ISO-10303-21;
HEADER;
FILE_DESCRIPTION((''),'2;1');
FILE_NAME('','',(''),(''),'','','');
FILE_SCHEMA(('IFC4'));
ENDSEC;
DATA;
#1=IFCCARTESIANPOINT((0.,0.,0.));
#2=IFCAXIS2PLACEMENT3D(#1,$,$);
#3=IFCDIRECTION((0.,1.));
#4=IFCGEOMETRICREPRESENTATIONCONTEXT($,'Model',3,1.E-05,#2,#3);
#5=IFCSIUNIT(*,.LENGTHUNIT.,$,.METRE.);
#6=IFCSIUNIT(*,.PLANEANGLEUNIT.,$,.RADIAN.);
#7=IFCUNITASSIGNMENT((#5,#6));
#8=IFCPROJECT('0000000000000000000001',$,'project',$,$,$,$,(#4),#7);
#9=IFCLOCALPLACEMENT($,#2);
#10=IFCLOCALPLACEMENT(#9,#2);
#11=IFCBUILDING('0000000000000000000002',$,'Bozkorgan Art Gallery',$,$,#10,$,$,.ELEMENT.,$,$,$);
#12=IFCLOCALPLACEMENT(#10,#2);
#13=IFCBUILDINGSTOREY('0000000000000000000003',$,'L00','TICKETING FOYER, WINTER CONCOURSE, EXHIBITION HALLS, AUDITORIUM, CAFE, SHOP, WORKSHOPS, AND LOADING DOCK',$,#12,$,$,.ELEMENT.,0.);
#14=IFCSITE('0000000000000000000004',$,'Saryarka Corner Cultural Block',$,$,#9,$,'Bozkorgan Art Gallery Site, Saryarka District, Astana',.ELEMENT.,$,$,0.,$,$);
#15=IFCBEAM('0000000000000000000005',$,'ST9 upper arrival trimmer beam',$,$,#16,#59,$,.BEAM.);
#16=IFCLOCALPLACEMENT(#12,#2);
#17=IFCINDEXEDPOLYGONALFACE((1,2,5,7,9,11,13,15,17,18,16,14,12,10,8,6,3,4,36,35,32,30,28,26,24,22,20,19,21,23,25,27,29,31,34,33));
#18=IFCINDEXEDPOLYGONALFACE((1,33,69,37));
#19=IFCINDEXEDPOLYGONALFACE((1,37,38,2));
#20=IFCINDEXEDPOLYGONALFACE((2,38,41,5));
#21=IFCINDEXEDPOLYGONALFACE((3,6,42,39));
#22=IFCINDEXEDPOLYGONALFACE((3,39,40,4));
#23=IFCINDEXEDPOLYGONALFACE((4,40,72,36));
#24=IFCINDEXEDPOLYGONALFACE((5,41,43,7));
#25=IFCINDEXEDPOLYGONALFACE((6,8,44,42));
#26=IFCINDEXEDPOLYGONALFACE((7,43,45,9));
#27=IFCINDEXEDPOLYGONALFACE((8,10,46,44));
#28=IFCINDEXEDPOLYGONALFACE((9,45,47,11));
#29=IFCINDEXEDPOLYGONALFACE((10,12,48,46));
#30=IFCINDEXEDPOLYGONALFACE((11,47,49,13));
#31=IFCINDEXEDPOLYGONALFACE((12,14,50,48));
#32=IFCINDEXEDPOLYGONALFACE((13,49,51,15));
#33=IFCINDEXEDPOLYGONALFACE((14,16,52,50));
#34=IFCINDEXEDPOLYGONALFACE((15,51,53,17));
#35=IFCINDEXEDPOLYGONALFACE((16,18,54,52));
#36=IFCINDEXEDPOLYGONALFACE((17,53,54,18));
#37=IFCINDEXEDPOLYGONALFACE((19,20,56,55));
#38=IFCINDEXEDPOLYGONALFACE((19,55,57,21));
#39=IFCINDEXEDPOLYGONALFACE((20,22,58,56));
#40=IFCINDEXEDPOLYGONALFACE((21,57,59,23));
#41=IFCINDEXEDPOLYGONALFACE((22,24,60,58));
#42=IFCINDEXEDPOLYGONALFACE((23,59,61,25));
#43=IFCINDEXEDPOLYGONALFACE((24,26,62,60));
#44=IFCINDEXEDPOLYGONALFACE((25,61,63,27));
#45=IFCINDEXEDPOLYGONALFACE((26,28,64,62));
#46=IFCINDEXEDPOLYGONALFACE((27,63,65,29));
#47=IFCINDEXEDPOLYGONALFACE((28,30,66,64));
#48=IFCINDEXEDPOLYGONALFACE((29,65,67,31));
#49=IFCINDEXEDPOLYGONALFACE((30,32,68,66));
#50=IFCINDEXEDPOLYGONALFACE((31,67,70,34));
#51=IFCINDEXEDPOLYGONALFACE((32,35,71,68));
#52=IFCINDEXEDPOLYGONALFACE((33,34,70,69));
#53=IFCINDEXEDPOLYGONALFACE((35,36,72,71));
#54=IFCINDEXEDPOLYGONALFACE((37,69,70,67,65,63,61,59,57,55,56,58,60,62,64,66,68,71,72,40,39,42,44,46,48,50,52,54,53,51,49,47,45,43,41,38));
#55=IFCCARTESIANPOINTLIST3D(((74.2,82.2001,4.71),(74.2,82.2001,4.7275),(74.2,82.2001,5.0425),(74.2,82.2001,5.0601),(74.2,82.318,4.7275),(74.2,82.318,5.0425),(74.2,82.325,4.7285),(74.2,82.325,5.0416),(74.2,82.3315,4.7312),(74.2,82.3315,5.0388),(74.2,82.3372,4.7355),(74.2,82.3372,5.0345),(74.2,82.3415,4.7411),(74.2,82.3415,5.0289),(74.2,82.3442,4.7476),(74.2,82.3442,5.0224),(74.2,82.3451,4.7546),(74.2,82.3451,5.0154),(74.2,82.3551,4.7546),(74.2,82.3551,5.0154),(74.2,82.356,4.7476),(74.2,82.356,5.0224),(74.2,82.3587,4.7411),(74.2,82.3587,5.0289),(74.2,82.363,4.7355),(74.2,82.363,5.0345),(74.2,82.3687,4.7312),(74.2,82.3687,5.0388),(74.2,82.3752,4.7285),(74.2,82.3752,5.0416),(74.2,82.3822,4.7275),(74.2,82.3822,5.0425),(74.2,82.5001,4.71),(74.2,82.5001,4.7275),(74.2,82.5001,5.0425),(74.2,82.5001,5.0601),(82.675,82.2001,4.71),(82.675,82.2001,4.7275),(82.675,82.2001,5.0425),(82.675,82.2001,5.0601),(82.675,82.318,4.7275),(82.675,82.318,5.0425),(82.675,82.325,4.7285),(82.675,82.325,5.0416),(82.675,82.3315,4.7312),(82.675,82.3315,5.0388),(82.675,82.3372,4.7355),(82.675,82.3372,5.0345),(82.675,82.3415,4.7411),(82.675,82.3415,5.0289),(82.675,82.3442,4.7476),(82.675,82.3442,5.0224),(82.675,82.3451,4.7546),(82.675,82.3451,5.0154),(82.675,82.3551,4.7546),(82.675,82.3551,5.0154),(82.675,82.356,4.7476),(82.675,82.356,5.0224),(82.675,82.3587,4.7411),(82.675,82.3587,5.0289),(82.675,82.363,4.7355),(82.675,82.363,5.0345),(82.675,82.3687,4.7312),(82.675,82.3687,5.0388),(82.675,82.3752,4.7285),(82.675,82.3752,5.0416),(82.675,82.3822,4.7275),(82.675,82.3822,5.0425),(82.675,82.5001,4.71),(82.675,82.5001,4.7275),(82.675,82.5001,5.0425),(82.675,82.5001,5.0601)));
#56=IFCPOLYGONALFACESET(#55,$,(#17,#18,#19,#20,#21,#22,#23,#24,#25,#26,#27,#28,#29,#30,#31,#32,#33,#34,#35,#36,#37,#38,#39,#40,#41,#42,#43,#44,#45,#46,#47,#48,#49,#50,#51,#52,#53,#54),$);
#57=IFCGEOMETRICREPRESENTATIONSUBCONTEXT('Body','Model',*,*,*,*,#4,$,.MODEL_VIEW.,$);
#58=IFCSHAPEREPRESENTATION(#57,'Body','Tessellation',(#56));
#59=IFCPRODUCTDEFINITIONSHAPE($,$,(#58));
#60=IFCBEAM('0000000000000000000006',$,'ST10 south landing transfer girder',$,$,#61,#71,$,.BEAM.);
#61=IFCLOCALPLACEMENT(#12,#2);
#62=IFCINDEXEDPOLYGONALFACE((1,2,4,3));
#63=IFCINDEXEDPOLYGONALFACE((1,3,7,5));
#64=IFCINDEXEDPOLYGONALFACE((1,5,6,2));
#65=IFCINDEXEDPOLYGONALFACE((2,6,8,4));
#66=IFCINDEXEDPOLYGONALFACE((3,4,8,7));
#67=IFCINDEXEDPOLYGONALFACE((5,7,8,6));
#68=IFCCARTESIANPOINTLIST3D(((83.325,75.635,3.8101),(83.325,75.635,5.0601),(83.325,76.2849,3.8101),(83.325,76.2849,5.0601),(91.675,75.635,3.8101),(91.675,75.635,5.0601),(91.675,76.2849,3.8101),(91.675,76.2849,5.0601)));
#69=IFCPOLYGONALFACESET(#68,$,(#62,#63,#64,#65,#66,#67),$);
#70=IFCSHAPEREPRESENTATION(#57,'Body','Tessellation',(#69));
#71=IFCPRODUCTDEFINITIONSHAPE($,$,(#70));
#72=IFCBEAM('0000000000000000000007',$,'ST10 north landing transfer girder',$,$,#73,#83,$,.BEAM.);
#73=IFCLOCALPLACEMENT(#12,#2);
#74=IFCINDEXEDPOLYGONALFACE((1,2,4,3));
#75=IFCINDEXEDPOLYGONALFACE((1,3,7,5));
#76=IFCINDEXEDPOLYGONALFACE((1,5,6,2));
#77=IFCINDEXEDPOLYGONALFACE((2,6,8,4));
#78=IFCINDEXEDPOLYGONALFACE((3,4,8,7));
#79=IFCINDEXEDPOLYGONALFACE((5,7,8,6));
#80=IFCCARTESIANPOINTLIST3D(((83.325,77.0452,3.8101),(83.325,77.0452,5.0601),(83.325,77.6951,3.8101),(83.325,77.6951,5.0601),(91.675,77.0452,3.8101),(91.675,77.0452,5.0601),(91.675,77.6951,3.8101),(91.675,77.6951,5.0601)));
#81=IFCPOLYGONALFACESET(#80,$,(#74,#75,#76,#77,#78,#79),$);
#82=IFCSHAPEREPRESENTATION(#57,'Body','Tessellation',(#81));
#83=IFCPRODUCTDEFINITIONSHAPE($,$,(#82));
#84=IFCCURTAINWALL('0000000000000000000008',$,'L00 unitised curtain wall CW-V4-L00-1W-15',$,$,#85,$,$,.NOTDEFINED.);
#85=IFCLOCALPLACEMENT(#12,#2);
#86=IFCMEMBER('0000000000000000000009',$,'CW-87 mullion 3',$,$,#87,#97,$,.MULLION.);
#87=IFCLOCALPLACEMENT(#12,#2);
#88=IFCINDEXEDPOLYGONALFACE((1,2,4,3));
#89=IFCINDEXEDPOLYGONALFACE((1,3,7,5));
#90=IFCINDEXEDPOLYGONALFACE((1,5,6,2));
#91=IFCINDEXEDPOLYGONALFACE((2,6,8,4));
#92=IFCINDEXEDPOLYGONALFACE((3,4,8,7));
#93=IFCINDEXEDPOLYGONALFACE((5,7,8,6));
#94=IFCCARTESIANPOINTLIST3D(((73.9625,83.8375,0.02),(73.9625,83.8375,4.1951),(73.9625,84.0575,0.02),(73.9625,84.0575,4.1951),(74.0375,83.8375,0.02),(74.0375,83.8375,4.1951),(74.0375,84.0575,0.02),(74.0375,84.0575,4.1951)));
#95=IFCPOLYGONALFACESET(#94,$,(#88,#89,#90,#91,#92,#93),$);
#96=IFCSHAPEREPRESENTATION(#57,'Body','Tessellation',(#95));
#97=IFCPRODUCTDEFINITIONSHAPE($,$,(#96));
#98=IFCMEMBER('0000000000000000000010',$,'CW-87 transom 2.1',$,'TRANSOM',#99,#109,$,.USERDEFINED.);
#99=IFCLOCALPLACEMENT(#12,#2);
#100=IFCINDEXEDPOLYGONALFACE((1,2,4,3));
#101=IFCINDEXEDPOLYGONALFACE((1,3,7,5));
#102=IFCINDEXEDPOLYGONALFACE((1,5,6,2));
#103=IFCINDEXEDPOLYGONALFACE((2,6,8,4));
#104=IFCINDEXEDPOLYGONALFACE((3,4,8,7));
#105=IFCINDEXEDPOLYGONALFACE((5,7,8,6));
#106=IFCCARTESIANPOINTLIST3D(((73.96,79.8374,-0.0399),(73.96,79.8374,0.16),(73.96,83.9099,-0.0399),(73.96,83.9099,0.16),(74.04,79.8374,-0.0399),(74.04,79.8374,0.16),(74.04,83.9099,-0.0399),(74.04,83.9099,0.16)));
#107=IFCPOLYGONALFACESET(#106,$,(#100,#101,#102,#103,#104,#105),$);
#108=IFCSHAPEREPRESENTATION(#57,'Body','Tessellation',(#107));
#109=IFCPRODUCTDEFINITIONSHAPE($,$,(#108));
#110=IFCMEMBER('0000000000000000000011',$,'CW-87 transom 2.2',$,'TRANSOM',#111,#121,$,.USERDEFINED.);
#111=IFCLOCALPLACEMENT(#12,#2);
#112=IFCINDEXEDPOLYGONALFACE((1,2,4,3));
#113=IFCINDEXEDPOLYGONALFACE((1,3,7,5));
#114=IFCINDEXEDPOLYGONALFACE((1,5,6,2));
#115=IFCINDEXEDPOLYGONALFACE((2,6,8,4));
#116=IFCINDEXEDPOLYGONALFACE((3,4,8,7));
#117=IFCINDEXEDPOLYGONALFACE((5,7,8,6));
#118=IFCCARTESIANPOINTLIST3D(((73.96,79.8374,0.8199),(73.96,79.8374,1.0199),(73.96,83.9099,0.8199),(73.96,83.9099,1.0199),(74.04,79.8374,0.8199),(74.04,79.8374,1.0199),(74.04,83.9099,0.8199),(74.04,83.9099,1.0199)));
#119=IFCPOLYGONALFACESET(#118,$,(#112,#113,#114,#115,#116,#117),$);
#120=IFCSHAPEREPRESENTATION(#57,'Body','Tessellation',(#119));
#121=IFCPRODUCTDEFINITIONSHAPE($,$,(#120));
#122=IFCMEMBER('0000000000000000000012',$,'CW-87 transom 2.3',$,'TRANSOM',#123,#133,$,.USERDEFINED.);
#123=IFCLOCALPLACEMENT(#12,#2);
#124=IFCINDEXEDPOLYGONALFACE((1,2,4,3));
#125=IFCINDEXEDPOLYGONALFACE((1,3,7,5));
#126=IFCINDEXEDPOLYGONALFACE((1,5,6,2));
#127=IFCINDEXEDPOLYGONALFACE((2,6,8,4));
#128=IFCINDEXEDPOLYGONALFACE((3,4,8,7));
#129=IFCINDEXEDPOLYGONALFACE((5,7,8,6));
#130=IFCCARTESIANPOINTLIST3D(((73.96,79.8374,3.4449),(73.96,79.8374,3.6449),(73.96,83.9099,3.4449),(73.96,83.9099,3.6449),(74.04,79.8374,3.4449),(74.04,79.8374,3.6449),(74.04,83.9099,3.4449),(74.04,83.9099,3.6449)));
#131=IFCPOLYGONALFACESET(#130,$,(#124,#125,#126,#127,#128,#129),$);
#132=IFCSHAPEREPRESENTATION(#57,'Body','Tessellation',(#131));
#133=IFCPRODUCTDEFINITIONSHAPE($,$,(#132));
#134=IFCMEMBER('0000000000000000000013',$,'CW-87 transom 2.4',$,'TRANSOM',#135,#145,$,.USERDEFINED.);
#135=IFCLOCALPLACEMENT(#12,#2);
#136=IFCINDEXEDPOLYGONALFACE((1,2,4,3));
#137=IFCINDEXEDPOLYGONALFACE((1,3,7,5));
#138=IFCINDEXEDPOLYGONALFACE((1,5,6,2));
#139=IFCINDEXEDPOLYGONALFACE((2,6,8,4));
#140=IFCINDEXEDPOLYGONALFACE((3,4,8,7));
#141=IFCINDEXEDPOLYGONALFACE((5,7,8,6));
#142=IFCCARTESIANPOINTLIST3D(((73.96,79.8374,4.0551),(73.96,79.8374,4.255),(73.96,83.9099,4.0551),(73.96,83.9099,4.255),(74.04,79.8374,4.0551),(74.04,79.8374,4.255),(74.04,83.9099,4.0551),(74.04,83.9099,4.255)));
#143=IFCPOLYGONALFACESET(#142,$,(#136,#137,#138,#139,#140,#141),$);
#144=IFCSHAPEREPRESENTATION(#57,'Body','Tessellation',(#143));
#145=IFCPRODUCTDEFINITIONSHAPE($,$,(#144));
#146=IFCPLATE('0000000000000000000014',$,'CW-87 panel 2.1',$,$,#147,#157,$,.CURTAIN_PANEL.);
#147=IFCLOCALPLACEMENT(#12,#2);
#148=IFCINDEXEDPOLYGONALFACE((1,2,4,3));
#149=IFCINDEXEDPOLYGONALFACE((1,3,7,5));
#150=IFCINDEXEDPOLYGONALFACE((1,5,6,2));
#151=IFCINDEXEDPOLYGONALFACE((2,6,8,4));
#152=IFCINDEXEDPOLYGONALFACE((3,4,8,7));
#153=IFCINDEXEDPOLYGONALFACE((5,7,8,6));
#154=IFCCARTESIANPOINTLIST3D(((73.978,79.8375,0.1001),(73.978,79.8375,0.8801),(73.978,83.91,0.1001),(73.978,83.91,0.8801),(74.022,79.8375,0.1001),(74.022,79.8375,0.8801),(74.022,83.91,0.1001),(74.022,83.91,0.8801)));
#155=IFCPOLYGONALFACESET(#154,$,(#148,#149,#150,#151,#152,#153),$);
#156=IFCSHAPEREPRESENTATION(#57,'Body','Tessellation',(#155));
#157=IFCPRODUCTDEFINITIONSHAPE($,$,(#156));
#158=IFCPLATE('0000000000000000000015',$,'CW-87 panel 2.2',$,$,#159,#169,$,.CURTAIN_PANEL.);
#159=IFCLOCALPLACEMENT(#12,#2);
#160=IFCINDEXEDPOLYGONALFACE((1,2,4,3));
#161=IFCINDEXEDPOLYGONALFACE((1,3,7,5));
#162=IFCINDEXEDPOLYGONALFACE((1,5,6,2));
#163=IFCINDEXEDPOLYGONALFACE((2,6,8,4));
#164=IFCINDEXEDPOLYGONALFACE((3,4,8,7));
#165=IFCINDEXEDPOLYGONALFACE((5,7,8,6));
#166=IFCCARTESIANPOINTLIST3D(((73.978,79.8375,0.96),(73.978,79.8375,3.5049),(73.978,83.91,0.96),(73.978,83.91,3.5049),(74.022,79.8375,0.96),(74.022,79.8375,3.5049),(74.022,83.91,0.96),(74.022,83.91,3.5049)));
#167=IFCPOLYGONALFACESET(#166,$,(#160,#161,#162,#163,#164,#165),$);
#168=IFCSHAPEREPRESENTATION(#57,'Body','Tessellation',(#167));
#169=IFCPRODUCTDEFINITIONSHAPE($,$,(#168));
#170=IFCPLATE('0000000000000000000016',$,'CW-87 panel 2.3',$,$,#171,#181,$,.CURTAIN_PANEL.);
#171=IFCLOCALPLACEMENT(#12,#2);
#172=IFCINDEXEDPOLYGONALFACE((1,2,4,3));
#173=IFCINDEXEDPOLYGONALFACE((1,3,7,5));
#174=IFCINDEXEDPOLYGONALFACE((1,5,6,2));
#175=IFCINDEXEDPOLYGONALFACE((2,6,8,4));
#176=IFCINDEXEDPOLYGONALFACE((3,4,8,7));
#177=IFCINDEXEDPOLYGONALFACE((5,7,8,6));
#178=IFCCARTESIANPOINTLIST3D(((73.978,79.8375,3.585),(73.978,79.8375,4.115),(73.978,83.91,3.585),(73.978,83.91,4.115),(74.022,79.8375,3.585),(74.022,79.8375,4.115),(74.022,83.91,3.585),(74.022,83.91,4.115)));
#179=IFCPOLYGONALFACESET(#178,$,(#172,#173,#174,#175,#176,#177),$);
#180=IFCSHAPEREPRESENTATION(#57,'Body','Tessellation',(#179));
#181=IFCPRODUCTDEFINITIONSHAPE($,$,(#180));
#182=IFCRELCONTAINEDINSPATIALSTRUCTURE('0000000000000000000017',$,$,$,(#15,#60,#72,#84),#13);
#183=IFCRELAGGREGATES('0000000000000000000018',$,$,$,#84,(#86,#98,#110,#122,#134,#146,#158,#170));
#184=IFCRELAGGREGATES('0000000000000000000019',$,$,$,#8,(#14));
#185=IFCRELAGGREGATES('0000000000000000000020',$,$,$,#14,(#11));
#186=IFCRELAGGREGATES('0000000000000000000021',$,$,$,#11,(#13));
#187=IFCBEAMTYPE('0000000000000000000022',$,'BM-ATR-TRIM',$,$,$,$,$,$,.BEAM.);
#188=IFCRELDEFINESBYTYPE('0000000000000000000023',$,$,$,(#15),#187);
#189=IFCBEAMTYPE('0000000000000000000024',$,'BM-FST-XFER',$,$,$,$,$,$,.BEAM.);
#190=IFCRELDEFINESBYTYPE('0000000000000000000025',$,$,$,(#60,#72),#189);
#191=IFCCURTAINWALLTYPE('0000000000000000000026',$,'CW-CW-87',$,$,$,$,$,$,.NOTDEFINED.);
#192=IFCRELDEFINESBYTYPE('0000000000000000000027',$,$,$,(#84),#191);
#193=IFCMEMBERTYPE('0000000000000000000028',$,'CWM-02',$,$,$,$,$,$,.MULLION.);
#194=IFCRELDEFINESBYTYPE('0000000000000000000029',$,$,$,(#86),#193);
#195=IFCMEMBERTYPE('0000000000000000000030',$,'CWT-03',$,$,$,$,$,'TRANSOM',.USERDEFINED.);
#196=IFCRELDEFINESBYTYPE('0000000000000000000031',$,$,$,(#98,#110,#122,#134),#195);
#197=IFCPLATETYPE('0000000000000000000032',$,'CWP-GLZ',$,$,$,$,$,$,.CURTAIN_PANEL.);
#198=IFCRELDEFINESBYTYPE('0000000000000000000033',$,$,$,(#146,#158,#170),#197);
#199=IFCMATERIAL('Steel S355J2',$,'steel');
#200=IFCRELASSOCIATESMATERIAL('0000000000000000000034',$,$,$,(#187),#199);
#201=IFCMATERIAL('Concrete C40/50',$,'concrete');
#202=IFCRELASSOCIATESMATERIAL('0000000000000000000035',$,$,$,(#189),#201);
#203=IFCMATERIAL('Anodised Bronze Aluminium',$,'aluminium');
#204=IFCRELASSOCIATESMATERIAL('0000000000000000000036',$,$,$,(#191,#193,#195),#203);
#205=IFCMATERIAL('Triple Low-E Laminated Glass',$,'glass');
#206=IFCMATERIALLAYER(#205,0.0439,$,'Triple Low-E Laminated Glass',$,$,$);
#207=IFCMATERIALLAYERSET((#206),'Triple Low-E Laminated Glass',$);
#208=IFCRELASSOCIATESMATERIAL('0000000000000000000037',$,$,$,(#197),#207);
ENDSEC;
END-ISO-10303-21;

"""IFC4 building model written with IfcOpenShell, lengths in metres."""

from ifc_helpers import new_model, si_unit, direction, frame, origin, origin_2d, place, context, subcontext, project, spatial, rectangle, i_section, extrude, material, layer, layer_set, material_profile, profile_set, type_object, element, aggregate, save


model = new_model("IFC4")

# Units and contexts
model_context = context("Model", 3, precision=1e-05, world=origin(), true_north=direction((0.0, 1.0)))
body_context = subcontext(model_context, "Body", "Model", "MODEL_VIEW")
ifc_project = project(units=[si_unit("LENGTHUNIT", "METRE"), si_unit("PLANEANGLEUNIT", "RADIAN")], contexts=[model_context])

# Site, building, storey
site_placement = place(None, origin())
site = spatial("IfcSite", under=ifc_project, at=site_placement, Name="Saryarka Corner Cultural Block", LongName="Bozkorgan Art Gallery Site, Saryarka District, Astana", CompositionType="ELEMENT", RefElevation=0.0)
building_placement = place(site_placement, origin())
building = spatial("IfcBuilding", under=site, at=building_placement, Name="Bozkorgan Art Gallery", CompositionType="ELEMENT")
storey_placement = place(building_placement, origin())
storey = spatial("IfcBuildingStorey", under=building, at=storey_placement, Name="L00", Description="TICKETING FOYER, WINTER CONCOURSE, EXHIBITION HALLS, AUDITORIUM, CAFE, SHOP, WORKSHOPS, AND LOADING DOCK", CompositionType="ELEMENT", Elevation=0.0)

# Shared definitions
ifc_material_1 = material(Name="Steel S355J2", Category="steel")
ifc_material_2 = material(Name="Concrete C40/50", Category="concrete")

# Beams
ifc_material_profile_1 = material_profile(ifc_material_1, i_section(OverallWidth=0.3, OverallDepth=0.3501, WebThickness=0.01, FlangeThickness=0.0176, FilletRadius=0.0271, at=origin_2d()), Name="HEA 360")
ifc_profile_set_1 = profile_set([ifc_material_profile_1], Name="Steel S355J2")
beam_type_1 = type_object("IfcBeamType", Name="BM-ATR-TRIM", PredefinedType="BEAM", material=ifc_profile_set_1)
beam_1_placement = place(storey_placement, frame((74.2, 82.3501, 4.885), z_axis=(1.0, 0.0, 0.0), x_axis=(0.0, 1.0, 0.0)))
element("IfcBeam", 1, at=beam_1_placement, inside=storey, type_object=beam_type_1, Name="ST9 upper arrival trimmer beam", PredefinedType="BEAM", context=body_context, shape_type="SweptSolid", body=[
    extrude(i_section(OverallWidth=0.3, OverallDepth=0.3501, WebThickness=0.01, FlangeThickness=0.0176, FilletRadius=0.0271, at=origin_2d()), origin(), (0.0, 0.0, 1.0), 8.4751),
])
ifc_material_profile_2 = material_profile(ifc_material_2, rectangle(XDim=0.6499, YDim=1.25, at=origin_2d()), Name="RC 650x1250")
ifc_profile_set_2 = profile_set([ifc_material_profile_2], Name="Concrete C40/50")
beam_type_2 = type_object("IfcBeamType", Name="BM-FST-XFER", PredefinedType="BEAM", material=ifc_profile_set_2)
for number, where, z_axis, x_axis, name in (
    (2, (83.325, 75.96, 4.4351), (1.0, 0.0, 0.0), (0.0, 1.0, 0.0), "ST10 south landing transfer girder"),
    (3, (83.325, 77.3701, 4.4351), (1.0, 0.0, 0.0), (0.0, 1.0, 0.0), "ST10 north landing transfer girder"),
):
    element("IfcBeam", number, at=place(storey_placement, frame(where, z_axis=z_axis, x_axis=x_axis)), inside=storey, type_object=beam_type_2, Name=name, PredefinedType="BEAM", context=body_context, shape_type="SweptSolid", body=[
        extrude(rectangle(XDim=0.6499, YDim=1.25, at=origin_2d()), origin(), (0.0, 0.0, 1.0), 8.3501),
    ])

# Curtain wall, members, plates
ifc_material_3 = material(Name="Anodised Bronze Aluminium", Category="aluminium")
curtain_wall_type = type_object("IfcCurtainWallType", Name="CW-CW-87", PredefinedType="NOTDEFINED", material=ifc_material_3)
curtain_wall_placement = place(storey_placement, origin())
curtain_wall = element("IfcCurtainWall", 4, at=curtain_wall_placement, inside=storey, type_object=curtain_wall_type, Name="L00 unitised curtain wall CW-V4-L00-1W-15", PredefinedType="NOTDEFINED")
ifc_material_profile_3 = material_profile(ifc_material_3, rectangle(XDim=0.075, YDim=0.22, at=origin_2d()), Name="ALU MULLION 75x220")
ifc_profile_set_3 = profile_set([ifc_material_profile_3], Name="Anodised Bronze Aluminium")
member_type_1 = type_object("IfcMemberType", Name="CWM-02", PredefinedType="MULLION", material=ifc_profile_set_3)
member_1_placement = place(storey_placement, frame((74.0, 83.9475, 0.02), z_axis=(0.0, 0.0, 1.0), x_axis=(-1.0, 0.0, 0.0)))
member_1 = element("IfcMember", 5, at=member_1_placement, type_object=member_type_1, Name="CW-87 mullion 3", PredefinedType="MULLION", context=body_context, shape_type="SweptSolid", body=[
    extrude(rectangle(XDim=0.075, YDim=0.22, at=origin_2d()), origin(), (0.0, 0.0, 1.0), 4.175),
])
ifc_material_profile_4 = material_profile(ifc_material_3, rectangle(XDim=0.0801, YDim=0.2, at=origin_2d()), Name="ALU TRANSOM 80x200")
ifc_profile_set_4 = profile_set([ifc_material_profile_4], Name="Anodised Bronze Aluminium")
member_type_2 = type_object("IfcMemberType", Name="CWT-03", ElementType="TRANSOM", PredefinedType="USERDEFINED", material=ifc_profile_set_4)
member_2_placement = place(storey_placement, frame((74.0, 79.8374, 0.0601), z_axis=(0.0, 1.0, 0.0), x_axis=(-1.0, 0.0, 0.0)))
member_2 = element("IfcMember", 6, at=member_2_placement, type_object=member_type_2, Name="CW-87 transom 2.1", ObjectType="TRANSOM", PredefinedType="USERDEFINED", context=body_context, shape_type="SweptSolid", body=[
    extrude(rectangle(XDim=0.0801, YDim=0.2, at=origin_2d()), origin(), (0.0, 0.0, 1.0), 4.0725),
])
member_3_placement = place(storey_placement, frame((74.0, 79.8374, 0.9199), z_axis=(0.0, 1.0, 0.0), x_axis=(-1.0, 0.0, 0.0)))
member_3 = element("IfcMember", 7, at=member_3_placement, type_object=member_type_2, Name="CW-87 transom 2.2", ObjectType="TRANSOM", PredefinedType="USERDEFINED", context=body_context, shape_type="SweptSolid", body=[
    extrude(rectangle(XDim=0.0801, YDim=0.2, at=origin_2d()), origin(), (0.0, 0.0, 1.0), 4.0725),
])
member_4_placement = place(storey_placement, frame((74.0, 79.8374, 3.5449), z_axis=(0.0, 1.0, 0.0), x_axis=(-1.0, 0.0, 0.0)))
member_4 = element("IfcMember", 8, at=member_4_placement, type_object=member_type_2, Name="CW-87 transom 2.3", ObjectType="TRANSOM", PredefinedType="USERDEFINED", context=body_context, shape_type="SweptSolid", body=[
    extrude(rectangle(XDim=0.0801, YDim=0.2, at=origin_2d()), origin(), (0.0, 0.0, 1.0), 4.0725),
])
member_5_placement = place(storey_placement, frame((74.0, 79.8374, 4.155), z_axis=(0.0, 1.0, 0.0), x_axis=(-1.0, 0.0, 0.0)))
member_5 = element("IfcMember", 9, at=member_5_placement, type_object=member_type_2, Name="CW-87 transom 2.4", ObjectType="TRANSOM", PredefinedType="USERDEFINED", context=body_context, shape_type="SweptSolid", body=[
    extrude(rectangle(XDim=0.0801, YDim=0.2, at=origin_2d()), origin(), (0.0, 0.0, 1.0), 4.0725),
])
ifc_material_4 = material(Name="Triple Low-E Laminated Glass", Category="glass")
ifc_layer_1 = layer(ifc_material_4, 0.0439, Name="Triple Low-E Laminated Glass")
ifc_layer_set_1 = layer_set([ifc_layer_1], Name="Triple Low-E Laminated Glass")
plate_type = type_object("IfcPlateType", Name="CWP-GLZ", PredefinedType="CURTAIN_PANEL", material=ifc_layer_set_1)
plate_1_placement = place(storey_placement, frame((74.0, 81.8738, 0.1001), z_axis=(0.0, 0.0, 1.0), x_axis=(0.0, 1.0, 0.0)))
plate_1 = element("IfcPlate", 10, at=plate_1_placement, type_object=plate_type, Name="CW-87 panel 2.1", PredefinedType="CURTAIN_PANEL", context=body_context, shape_type="SweptSolid", body=[
    extrude(rectangle(XDim=4.0725, YDim=0.0439, at=origin_2d()), origin(), (0.0, 0.0, 1.0), 0.78),
])
plate_2_placement = place(storey_placement, frame((74.0, 81.8738, 0.96), z_axis=(0.0, 0.0, 1.0), x_axis=(0.0, 1.0, 0.0)))
plate_2 = element("IfcPlate", 11, at=plate_2_placement, type_object=plate_type, Name="CW-87 panel 2.2", PredefinedType="CURTAIN_PANEL", context=body_context, shape_type="SweptSolid", body=[
    extrude(rectangle(XDim=4.0725, YDim=0.0439, at=origin_2d()), origin(), (0.0, 0.0, 1.0), 2.5449),
])
plate_3_placement = place(storey_placement, frame((74.0, 81.8738, 3.585), z_axis=(0.0, 0.0, 1.0), x_axis=(0.0, 1.0, 0.0)))
plate_3 = element("IfcPlate", 12, at=plate_3_placement, type_object=plate_type, Name="CW-87 panel 2.3", PredefinedType="CURTAIN_PANEL", context=body_context, shape_type="SweptSolid", body=[
    extrude(rectangle(XDim=4.0725, YDim=0.0439, at=origin_2d()), origin(), (0.0, 0.0, 1.0), 0.53),
])
aggregate(curtain_wall, [member_1, member_2, member_3, member_4, member_5, plate_1, plate_2, plate_3])

save(model, "model.ifc")
